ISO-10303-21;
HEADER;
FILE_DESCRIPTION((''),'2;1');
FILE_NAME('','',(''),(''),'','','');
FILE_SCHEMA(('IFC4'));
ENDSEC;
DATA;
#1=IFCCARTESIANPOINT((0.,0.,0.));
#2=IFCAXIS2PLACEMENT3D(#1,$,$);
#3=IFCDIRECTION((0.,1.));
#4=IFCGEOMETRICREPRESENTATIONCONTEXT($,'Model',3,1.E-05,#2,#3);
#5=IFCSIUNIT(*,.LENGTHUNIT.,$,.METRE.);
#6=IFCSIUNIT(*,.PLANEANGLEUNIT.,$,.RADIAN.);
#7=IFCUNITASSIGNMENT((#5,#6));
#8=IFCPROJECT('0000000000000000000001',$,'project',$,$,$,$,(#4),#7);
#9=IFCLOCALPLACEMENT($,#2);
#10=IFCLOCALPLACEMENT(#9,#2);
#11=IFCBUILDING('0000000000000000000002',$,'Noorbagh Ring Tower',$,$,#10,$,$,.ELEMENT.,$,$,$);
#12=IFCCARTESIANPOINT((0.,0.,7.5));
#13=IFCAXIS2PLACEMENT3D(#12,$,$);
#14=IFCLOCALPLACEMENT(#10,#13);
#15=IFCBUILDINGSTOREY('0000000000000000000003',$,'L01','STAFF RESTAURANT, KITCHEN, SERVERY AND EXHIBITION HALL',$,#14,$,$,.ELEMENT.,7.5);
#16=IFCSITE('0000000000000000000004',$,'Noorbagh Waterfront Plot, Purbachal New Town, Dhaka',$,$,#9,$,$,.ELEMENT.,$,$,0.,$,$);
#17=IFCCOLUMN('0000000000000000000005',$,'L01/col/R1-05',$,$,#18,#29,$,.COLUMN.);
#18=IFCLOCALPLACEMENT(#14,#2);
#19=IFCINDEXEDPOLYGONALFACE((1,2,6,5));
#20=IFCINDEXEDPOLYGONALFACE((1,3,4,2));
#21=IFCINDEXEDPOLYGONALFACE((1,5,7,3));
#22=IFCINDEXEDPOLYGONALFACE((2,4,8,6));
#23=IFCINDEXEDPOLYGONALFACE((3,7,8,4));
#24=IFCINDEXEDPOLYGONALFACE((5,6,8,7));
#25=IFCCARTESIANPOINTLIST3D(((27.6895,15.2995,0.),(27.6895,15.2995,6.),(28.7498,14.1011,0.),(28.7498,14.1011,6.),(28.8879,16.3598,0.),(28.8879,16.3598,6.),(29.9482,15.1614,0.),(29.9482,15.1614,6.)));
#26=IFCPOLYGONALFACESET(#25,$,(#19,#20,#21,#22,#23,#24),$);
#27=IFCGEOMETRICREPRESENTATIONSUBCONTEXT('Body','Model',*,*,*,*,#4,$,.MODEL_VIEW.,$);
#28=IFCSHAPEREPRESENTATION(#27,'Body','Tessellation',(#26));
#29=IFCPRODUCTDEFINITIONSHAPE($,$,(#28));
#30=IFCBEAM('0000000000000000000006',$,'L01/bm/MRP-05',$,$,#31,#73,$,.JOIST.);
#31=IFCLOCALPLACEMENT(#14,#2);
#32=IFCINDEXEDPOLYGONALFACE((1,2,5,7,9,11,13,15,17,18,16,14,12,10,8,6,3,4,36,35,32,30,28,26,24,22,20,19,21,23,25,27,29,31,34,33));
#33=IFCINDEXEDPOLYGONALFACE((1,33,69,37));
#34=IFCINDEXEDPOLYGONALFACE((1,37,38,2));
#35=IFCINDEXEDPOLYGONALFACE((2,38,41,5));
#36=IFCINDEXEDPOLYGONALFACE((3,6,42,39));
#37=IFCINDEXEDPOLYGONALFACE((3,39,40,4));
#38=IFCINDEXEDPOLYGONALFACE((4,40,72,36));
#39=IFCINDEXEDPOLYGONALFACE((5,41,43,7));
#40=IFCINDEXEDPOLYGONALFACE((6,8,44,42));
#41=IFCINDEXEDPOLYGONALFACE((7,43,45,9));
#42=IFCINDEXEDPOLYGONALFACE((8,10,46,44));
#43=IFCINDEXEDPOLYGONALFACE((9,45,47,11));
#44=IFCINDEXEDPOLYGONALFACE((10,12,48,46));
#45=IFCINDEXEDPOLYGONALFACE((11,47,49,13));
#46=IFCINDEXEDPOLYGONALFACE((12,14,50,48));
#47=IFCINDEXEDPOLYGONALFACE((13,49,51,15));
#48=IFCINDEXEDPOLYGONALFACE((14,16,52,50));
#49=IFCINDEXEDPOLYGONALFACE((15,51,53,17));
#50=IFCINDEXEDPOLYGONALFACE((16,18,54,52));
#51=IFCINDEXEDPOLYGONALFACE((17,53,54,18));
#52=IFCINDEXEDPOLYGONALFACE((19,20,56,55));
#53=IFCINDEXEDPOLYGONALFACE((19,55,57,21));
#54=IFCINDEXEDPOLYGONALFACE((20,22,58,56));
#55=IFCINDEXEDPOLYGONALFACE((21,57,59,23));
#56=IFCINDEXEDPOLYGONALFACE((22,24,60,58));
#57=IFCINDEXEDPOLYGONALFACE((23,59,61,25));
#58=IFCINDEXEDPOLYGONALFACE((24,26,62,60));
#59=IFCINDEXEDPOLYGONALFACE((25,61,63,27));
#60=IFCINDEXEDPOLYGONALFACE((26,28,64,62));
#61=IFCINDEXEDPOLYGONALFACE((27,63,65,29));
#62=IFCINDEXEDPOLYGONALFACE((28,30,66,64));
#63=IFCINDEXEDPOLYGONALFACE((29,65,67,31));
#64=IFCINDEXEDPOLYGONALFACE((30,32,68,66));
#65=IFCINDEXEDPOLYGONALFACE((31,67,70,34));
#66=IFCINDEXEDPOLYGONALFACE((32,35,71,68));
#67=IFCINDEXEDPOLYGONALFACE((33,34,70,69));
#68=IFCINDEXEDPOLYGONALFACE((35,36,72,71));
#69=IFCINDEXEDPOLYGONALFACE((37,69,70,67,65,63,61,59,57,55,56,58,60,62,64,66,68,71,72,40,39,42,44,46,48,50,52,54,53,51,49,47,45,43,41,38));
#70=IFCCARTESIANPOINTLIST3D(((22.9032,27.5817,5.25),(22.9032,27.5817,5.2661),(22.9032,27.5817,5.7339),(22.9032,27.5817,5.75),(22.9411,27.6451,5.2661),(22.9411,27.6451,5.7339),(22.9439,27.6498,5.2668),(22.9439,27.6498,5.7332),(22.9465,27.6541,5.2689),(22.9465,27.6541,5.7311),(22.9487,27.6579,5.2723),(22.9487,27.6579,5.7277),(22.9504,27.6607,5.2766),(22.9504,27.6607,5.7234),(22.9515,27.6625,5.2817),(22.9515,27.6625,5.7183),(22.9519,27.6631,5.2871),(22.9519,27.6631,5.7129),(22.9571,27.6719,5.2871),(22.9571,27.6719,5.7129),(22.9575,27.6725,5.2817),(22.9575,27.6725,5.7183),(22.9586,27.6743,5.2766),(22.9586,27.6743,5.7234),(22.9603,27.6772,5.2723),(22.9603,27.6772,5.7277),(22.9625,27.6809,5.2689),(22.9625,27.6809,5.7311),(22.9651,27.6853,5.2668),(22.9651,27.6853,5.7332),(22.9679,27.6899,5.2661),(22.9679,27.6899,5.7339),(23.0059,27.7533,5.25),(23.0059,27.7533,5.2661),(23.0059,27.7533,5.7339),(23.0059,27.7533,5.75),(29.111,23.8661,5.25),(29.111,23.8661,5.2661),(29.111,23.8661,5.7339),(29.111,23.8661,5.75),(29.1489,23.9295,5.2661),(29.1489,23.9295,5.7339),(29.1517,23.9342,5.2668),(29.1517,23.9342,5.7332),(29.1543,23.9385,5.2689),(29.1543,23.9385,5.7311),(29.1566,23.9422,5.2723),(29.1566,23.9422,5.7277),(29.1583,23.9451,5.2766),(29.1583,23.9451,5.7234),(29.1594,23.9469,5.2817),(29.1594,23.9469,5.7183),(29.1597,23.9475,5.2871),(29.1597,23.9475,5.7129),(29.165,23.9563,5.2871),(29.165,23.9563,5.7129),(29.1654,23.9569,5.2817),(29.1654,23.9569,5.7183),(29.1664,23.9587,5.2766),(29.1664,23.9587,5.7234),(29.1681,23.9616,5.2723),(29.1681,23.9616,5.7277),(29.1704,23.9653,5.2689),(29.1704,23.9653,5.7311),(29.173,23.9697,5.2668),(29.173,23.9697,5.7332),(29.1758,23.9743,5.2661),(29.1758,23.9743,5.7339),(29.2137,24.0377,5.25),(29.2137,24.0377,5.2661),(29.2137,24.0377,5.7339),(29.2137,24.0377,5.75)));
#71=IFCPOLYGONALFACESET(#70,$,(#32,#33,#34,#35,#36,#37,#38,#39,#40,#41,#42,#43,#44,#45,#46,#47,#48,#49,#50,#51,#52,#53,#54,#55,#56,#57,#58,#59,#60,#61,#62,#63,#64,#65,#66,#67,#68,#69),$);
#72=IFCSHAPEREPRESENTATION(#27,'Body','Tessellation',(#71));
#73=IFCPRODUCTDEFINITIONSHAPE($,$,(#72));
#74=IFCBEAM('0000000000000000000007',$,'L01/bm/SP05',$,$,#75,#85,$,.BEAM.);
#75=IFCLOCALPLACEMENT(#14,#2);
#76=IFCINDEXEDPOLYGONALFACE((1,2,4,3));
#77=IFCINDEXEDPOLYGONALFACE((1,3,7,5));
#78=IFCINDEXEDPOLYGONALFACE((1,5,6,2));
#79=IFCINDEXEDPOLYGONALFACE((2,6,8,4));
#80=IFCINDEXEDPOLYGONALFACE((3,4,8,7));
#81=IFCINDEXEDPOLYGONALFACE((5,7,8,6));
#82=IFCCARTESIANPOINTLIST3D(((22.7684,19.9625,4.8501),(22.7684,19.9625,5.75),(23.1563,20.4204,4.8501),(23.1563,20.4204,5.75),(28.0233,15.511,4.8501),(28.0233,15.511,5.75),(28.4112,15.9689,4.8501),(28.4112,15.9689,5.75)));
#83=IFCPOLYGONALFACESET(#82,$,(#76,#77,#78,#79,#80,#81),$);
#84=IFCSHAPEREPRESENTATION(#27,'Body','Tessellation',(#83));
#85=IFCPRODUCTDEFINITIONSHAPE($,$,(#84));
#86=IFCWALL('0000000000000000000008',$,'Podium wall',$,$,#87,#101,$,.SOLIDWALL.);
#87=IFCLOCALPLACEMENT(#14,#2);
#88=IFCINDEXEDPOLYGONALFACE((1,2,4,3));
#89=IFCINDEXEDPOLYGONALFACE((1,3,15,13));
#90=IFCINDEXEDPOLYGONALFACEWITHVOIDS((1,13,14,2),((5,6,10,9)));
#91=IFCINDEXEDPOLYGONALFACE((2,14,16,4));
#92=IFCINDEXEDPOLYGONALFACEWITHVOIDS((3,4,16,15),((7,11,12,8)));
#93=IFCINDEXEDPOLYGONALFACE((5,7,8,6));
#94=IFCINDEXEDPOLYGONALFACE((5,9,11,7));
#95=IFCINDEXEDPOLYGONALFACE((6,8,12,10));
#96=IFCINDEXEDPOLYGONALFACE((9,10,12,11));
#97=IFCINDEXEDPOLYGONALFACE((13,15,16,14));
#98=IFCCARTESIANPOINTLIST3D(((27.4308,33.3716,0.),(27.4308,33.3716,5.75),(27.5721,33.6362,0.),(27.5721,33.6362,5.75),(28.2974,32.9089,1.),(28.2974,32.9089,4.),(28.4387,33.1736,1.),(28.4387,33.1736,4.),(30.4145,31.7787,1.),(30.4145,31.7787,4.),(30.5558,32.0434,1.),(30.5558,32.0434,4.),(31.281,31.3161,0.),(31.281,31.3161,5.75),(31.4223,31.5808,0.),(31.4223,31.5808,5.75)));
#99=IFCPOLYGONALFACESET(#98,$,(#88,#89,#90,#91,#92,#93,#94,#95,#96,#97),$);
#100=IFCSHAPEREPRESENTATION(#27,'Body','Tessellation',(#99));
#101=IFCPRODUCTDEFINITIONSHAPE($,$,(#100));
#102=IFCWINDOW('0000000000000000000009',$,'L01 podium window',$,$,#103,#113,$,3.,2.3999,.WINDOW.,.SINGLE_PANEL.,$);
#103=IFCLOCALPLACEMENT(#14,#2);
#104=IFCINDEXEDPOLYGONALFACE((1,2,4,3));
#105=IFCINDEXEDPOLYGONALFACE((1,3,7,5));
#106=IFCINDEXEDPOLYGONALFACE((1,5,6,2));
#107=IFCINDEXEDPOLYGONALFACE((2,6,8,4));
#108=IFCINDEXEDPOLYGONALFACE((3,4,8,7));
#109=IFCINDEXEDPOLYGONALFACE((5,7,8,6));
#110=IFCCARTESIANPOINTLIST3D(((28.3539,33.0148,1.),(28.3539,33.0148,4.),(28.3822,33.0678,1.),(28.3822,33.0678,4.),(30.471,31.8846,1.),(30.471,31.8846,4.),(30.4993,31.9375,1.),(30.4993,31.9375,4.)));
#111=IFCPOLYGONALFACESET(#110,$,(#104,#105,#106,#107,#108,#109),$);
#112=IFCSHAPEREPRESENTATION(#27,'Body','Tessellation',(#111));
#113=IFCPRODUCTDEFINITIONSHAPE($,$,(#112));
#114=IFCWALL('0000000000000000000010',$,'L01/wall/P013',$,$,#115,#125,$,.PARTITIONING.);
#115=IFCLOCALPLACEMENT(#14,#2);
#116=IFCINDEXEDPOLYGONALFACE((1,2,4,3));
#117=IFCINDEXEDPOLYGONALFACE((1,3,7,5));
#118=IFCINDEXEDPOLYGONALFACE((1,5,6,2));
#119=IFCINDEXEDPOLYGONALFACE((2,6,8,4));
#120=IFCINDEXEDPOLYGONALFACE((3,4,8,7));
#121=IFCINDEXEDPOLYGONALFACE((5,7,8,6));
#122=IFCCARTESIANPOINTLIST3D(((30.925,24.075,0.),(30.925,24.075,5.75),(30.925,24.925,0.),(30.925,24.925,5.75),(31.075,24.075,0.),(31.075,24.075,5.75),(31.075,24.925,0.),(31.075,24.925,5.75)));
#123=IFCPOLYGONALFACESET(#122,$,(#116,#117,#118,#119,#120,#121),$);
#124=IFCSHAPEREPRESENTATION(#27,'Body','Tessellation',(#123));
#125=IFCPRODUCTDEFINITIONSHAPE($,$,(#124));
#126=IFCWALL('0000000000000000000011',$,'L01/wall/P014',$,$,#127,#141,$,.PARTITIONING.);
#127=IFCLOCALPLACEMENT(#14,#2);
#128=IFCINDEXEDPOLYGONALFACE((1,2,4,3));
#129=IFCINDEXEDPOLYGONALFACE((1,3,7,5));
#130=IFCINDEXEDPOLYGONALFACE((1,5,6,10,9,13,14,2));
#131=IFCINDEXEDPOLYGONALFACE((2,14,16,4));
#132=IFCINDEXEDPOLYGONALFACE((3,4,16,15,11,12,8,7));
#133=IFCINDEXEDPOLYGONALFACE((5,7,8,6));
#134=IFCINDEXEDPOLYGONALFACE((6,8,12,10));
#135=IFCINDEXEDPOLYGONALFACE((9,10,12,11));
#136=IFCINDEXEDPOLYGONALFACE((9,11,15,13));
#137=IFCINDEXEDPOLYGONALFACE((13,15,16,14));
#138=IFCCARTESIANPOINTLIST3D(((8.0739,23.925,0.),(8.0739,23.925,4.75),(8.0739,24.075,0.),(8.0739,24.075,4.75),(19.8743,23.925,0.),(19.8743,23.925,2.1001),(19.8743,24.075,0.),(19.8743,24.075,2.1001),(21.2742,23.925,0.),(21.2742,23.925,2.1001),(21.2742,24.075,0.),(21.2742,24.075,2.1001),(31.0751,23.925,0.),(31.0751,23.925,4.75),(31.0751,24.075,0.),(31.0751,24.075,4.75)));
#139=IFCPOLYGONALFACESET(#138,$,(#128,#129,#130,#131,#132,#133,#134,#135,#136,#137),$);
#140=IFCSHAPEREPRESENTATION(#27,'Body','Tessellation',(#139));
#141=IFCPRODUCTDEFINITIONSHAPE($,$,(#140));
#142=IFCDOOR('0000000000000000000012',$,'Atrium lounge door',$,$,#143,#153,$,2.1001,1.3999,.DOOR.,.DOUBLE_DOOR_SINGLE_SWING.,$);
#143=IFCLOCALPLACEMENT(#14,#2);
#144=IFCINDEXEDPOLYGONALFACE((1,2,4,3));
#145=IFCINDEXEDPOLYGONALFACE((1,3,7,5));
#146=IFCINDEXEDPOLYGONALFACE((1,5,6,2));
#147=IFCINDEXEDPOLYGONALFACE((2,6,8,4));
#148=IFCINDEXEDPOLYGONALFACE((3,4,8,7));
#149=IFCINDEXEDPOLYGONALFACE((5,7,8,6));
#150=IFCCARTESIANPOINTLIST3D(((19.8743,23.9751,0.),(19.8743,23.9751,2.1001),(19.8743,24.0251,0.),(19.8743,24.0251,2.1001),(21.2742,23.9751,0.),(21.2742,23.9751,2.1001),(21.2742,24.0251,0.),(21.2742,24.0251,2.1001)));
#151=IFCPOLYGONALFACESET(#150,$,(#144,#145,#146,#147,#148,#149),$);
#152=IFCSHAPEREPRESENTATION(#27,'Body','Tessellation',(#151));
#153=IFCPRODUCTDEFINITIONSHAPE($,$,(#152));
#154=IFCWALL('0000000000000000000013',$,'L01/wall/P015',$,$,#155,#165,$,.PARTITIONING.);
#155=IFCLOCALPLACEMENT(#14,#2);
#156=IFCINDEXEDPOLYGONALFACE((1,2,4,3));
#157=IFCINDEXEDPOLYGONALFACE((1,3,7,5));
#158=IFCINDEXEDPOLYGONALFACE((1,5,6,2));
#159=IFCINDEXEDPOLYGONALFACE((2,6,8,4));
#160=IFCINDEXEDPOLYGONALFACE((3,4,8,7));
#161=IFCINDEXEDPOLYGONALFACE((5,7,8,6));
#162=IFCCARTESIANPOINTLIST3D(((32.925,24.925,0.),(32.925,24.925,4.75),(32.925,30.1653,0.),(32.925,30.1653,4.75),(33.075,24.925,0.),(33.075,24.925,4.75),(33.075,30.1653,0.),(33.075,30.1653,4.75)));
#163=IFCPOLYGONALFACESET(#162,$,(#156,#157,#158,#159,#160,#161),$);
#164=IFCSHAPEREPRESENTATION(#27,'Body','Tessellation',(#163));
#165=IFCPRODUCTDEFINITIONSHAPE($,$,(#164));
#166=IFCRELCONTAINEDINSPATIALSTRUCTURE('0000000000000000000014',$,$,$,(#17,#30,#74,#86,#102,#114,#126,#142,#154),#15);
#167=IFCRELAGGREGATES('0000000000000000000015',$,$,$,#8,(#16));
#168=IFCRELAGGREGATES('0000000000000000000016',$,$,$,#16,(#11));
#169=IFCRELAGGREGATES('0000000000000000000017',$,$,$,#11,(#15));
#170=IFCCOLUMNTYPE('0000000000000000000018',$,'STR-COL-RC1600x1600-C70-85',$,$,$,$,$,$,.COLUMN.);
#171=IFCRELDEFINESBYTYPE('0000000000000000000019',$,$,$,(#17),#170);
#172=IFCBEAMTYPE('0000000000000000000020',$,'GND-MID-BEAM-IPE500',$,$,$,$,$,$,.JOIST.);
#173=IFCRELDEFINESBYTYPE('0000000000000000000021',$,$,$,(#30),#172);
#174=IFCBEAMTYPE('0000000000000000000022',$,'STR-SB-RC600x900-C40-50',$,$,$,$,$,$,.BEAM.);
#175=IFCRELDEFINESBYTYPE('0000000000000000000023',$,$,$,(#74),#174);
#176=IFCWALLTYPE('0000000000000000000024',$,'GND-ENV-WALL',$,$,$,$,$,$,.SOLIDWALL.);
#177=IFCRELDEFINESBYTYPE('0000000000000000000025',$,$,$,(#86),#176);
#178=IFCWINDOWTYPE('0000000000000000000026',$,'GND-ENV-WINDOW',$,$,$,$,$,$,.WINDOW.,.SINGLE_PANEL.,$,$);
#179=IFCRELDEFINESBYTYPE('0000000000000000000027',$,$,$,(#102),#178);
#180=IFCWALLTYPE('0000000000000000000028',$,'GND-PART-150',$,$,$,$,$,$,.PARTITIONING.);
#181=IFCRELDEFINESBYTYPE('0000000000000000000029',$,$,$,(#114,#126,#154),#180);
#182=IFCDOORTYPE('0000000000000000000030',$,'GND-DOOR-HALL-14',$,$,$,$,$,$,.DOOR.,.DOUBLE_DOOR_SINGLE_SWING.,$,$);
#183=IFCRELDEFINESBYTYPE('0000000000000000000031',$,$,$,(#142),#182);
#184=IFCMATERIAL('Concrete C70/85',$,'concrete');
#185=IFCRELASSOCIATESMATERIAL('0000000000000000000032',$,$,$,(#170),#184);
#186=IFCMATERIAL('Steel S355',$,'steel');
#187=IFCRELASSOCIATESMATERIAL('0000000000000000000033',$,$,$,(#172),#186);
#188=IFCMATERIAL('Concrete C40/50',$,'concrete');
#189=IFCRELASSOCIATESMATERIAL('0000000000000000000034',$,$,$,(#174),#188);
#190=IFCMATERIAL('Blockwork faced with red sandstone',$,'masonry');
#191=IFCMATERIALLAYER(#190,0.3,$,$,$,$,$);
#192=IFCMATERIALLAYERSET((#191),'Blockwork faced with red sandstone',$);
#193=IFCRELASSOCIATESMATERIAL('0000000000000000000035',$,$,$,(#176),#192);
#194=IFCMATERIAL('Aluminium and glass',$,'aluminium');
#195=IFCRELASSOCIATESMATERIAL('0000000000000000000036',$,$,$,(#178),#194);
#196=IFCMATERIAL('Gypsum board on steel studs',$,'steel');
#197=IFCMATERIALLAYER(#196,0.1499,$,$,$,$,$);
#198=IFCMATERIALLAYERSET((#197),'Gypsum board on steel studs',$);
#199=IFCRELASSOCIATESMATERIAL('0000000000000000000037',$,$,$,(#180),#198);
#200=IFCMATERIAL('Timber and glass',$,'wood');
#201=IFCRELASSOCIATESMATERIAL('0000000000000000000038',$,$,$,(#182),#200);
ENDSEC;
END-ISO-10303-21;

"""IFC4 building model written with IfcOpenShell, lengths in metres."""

from ifc_helpers import new_model, si_unit, direction, frame, frame_2d, origin, origin_2d, place, context, subcontext, project, spatial, rectangle, i_section, extrude, material, layer, layer_set, material_profile, profile_set, type_object, element, fill, save


model = new_model("IFC4")

# Units and contexts
model_context = context("Model", 3, precision=1e-05, world=origin(), true_north=direction((0.0, 1.0)))
body_context = subcontext(model_context, "Body", "Model", "MODEL_VIEW")
ifc_project = project(units=[si_unit("LENGTHUNIT", "METRE"), si_unit("PLANEANGLEUNIT", "RADIAN")], contexts=[model_context])

# Site, building, storey
site_placement = place(None, origin())
site = spatial("IfcSite", under=ifc_project, at=site_placement, Name="Noorbagh Waterfront Plot, Purbachal New Town, Dhaka", CompositionType="ELEMENT", RefElevation=0.0)
building_placement = place(site_placement, origin())
building = spatial("IfcBuilding", under=site, at=building_placement, Name="Noorbagh Ring Tower", CompositionType="ELEMENT")
storey_placement = place(building_placement, frame((0.0, 0.0, 7.5)))
storey = spatial("IfcBuildingStorey", under=building, at=storey_placement, Name="L01", Description="STAFF RESTAURANT, KITCHEN, SERVERY AND EXHIBITION HALL", CompositionType="ELEMENT", Elevation=7.5)

# Column
ifc_material_1 = material(Name="Concrete C70/85", Category="concrete")
ifc_material_profile_1 = material_profile(ifc_material_1, rectangle(XDim=1.6001, YDim=1.6001, at=origin_2d()), Name="RC1600x1600")
ifc_profile_set_1 = profile_set([ifc_material_profile_1], Name="Concrete C70/85")
column_type = type_object("IfcColumnType", Name="STR-COL-RC1600x1600-C70-85", PredefinedType="COLUMN", material=ifc_profile_set_1)
column_placement = place(storey_placement, frame((28.8188, 15.2305, 0.0), z_axis=(0.0, 0.0, 1.0), x_axis=(-0.662636, 0.748942, 0.0)))
element("IfcColumn", 1, at=column_placement, inside=storey, type_object=column_type, Name="L01/col/R1-05", PredefinedType="COLUMN", context=body_context, shape_type="SweptSolid", body=[
    extrude(rectangle(XDim=1.6001, YDim=1.6001, at=origin_2d()), origin(), (0.0, 0.0, 1.0), 6.0),
])

# Beams
ifc_material_2 = material(Name="Steel S355", Category="steel")
ifc_material_profile_2 = material_profile(ifc_material_2, i_section(OverallWidth=0.2, OverallDepth=0.5, WebThickness=0.0103, FlangeThickness=0.0161, FilletRadius=0.021, at=origin_2d()), Name="IPE500")
ifc_profile_set_2 = profile_set([ifc_material_profile_2], Name="Steel S355")
beam_type_1 = type_object("IfcBeamType", Name="GND-MID-BEAM-IPE500", PredefinedType="JOIST", material=ifc_profile_set_2)
beam_1_placement = place(storey_placement, frame((29.1624, 23.9519, 5.5), z_axis=(-0.858046, 0.513572, 0.0), x_axis=(-0.513572, -0.858046, 0.0)))
element("IfcBeam", 2, at=beam_1_placement, inside=storey, type_object=beam_type_1, Name="L01/bm/MRP-05", PredefinedType="JOIST", context=body_context, shape_type="SweptSolid", body=[
    extrude(i_section(OverallWidth=0.2, OverallDepth=0.5, WebThickness=0.0103, FlangeThickness=0.0161, FilletRadius=0.021, at=origin_2d()), origin(), (0.0, 0.0, 1.0), 7.2349),
])
ifc_material_3 = material(Name="Concrete C40/50", Category="concrete")
ifc_material_profile_3 = material_profile(ifc_material_3, rectangle(XDim=0.6001, YDim=0.8999, at=origin_2d()), Name="RC600x900")
ifc_profile_set_3 = profile_set([ifc_material_profile_3], Name="Concrete C40/50")
beam_type_2 = type_object("IfcBeamType", Name="STR-SB-RC600x900-C40-50", PredefinedType="BEAM", material=ifc_profile_set_3)
beam_2_placement = place(storey_placement, frame((28.2173, 15.74, 5.3), z_axis=(-0.76303, 0.646363, 0.0), x_axis=(-0.646363, -0.76303, 0.0)))
element("IfcBeam", 3, at=beam_2_placement, inside=storey, type_object=beam_type_2, Name="L01/bm/SP05", PredefinedType="BEAM", context=body_context, shape_type="SweptSolid", body=[
    extrude(rectangle(XDim=0.6001, YDim=0.8999, at=origin_2d()), origin(), (0.0, 0.0, 1.0), 6.887),
])

# Wall, opening, window
ifc_material_4 = material(Name="Blockwork faced with red sandstone", Category="masonry")
ifc_layer_1 = layer(ifc_material_4, 0.3)
ifc_layer_set_1 = layer_set([ifc_layer_1], Name="Blockwork faced with red sandstone")
wall_type_1 = type_object("IfcWallType", Name="GND-ENV-WALL", PredefinedType="SOLIDWALL", material=ifc_layer_set_1)
wall_1_placement = place(storey_placement, frame((31.3516, 31.4485, 0.0), z_axis=(0.0, 0.0, 1.0), x_axis=(-0.882159, 0.470951, 0.0)))
wall_1 = element("IfcWall", 4, at=wall_1_placement, inside=storey, type_object=wall_type_1, Name="Podium wall", PredefinedType="SOLIDWALL", context=body_context, shape_type="SweptSolid", body=[
    extrude(rectangle(XDim=4.3645, YDim=0.3, at=frame_2d((2.1821, 0.0))), origin(), (0.0, 0.0, 1.0), 5.75),
])
opening_1_placement = place(wall_1_placement, frame((0.9822, 0.0, 1.0)))
opening_1 = element("IfcOpeningElement", 5, at=opening_1_placement, cuts=wall_1, PredefinedType="OPENING", context=body_context, shape_type="SweptSolid", body=[
    extrude(rectangle(XDim=2.3999, YDim=3.0, at=frame_2d((1.2, 1.5))), frame((0.0, 0.1602, 0.0), z_axis=(0.0, -1.0, 0.0), x_axis=(1.0, 0.0, 0.0)), (0.0, 0.0, 1.0), 0.3201),
])
ifc_material_5 = material(Name="Aluminium and glass", Category="aluminium")
window_type = type_object("IfcWindowType", Name="GND-ENV-WINDOW", PartitioningType="SINGLE_PANEL", PredefinedType="WINDOW", material=ifc_material_5)
window_placement = place(opening_1_placement, origin())
window = element("IfcWindow", 6, at=window_placement, inside=storey, type_object=window_type, Name="L01 podium window", OverallHeight=3.0, OverallWidth=2.3999, PartitioningType="SINGLE_PANEL", PredefinedType="WINDOW", context=body_context, shape_type="SweptSolid", body=[
    extrude(rectangle(XDim=2.3999, YDim=3.0, at=frame_2d((1.2, 1.5))), frame((0.0, 0.03, 0.0), z_axis=(0.0, -1.0, 0.0), x_axis=(1.0, 0.0, 0.0)), (0.0, 0.0, 1.0), 0.0601),
])
fill(opening_1, window)

# Wall
ifc_material_6 = material(Name="Gypsum board on steel studs", Category="steel")
ifc_layer_2 = layer(ifc_material_6, 0.1499)
ifc_layer_set_2 = layer_set([ifc_layer_2], Name="Gypsum board on steel studs")
wall_type_2 = type_object("IfcWallType", Name="GND-PART-150", PredefinedType="PARTITIONING", material=ifc_layer_set_2)
wall_2_placement = place(storey_placement, frame((31.0, 24.925, 0.0), z_axis=(0.0, 0.0, 1.0), x_axis=(0.0, -1.0, 0.0)))
element("IfcWall", 7, at=wall_2_placement, inside=storey, type_object=wall_type_2, Name="L01/wall/P013", PredefinedType="PARTITIONING", context=body_context, shape_type="SweptSolid", body=[
    extrude(rectangle(XDim=0.8501, YDim=0.1499, at=frame_2d((0.425, 0.0))), origin(), (0.0, 0.0, 1.0), 5.75),
])

# Wall, opening, door
wall_3_placement = place(storey_placement, frame((31.075, 24.0, 0.0), z_axis=(0.0, 0.0, 1.0), x_axis=(-1.0, 0.0, 0.0)))
wall_3 = element("IfcWall", 8, at=wall_3_placement, inside=storey, type_object=wall_type_2, Name="L01/wall/P014", PredefinedType="PARTITIONING", context=body_context, shape_type="SweptSolid", body=[
    extrude(rectangle(XDim=23.0012, YDim=0.1499, at=frame_2d((11.5005, 0.0))), origin(), (0.0, 0.0, 1.0), 4.75),
])
opening_2_placement = place(wall_3_placement, frame((9.8008, 0.0, 0.0)))
opening_2 = element("IfcOpeningElement", 9, at=opening_2_placement, cuts=wall_3, PredefinedType="OPENING", context=body_context, shape_type="SweptSolid", body=[
    extrude(rectangle(XDim=1.3999, YDim=2.1001, at=frame_2d((0.7, 1.05))), frame((0.0, 0.085, 0.0), z_axis=(0.0, -1.0, 0.0), x_axis=(1.0, 0.0, 0.0)), (0.0, 0.0, 1.0), 0.1699),
])
ifc_material_7 = material(Name="Timber and glass", Category="wood")
door_type_1 = type_object("IfcDoorType", Name="GND-DOOR-HALL-14", OperationType="DOUBLE_DOOR_SINGLE_SWING", PredefinedType="DOOR", material=ifc_material_7)
door_1_placement = place(opening_2_placement, origin())
door_1 = element("IfcDoor", 10, at=door_1_placement, inside=storey, type_object=door_type_1, Name="Atrium lounge door", OperationType="DOUBLE_DOOR_SINGLE_SWING", OverallHeight=2.1001, OverallWidth=1.3999, PredefinedType="DOOR", context=body_context, shape_type="SweptSolid", body=[
    extrude(rectangle(XDim=1.3999, YDim=2.1001, at=frame_2d((0.7, 1.05))), frame((0.0, 0.0249, 0.0), z_axis=(0.0, -1.0, 0.0), x_axis=(1.0, 0.0, 0.0)), (0.0, 0.0, 1.0), 0.05),
])
fill(opening_2, door_1)

# Wall
wall_4_placement = place(storey_placement, frame((33.0, 30.1653, 0.0), z_axis=(0.0, 0.0, 1.0), x_axis=(0.0, -1.0, 0.0)))
element("IfcWall", 11, at=wall_4_placement, inside=storey, type_object=wall_type_2, Name="L01/wall/P015", PredefinedType="PARTITIONING", context=body_context, shape_type="SweptSolid", body=[
    extrude(rectangle(XDim=5.2402, YDim=0.1499, at=frame_2d((2.6201, 0.0))), origin(), (0.0, 0.0, 1.0), 4.75),
])

save(model, "model.ifc")
